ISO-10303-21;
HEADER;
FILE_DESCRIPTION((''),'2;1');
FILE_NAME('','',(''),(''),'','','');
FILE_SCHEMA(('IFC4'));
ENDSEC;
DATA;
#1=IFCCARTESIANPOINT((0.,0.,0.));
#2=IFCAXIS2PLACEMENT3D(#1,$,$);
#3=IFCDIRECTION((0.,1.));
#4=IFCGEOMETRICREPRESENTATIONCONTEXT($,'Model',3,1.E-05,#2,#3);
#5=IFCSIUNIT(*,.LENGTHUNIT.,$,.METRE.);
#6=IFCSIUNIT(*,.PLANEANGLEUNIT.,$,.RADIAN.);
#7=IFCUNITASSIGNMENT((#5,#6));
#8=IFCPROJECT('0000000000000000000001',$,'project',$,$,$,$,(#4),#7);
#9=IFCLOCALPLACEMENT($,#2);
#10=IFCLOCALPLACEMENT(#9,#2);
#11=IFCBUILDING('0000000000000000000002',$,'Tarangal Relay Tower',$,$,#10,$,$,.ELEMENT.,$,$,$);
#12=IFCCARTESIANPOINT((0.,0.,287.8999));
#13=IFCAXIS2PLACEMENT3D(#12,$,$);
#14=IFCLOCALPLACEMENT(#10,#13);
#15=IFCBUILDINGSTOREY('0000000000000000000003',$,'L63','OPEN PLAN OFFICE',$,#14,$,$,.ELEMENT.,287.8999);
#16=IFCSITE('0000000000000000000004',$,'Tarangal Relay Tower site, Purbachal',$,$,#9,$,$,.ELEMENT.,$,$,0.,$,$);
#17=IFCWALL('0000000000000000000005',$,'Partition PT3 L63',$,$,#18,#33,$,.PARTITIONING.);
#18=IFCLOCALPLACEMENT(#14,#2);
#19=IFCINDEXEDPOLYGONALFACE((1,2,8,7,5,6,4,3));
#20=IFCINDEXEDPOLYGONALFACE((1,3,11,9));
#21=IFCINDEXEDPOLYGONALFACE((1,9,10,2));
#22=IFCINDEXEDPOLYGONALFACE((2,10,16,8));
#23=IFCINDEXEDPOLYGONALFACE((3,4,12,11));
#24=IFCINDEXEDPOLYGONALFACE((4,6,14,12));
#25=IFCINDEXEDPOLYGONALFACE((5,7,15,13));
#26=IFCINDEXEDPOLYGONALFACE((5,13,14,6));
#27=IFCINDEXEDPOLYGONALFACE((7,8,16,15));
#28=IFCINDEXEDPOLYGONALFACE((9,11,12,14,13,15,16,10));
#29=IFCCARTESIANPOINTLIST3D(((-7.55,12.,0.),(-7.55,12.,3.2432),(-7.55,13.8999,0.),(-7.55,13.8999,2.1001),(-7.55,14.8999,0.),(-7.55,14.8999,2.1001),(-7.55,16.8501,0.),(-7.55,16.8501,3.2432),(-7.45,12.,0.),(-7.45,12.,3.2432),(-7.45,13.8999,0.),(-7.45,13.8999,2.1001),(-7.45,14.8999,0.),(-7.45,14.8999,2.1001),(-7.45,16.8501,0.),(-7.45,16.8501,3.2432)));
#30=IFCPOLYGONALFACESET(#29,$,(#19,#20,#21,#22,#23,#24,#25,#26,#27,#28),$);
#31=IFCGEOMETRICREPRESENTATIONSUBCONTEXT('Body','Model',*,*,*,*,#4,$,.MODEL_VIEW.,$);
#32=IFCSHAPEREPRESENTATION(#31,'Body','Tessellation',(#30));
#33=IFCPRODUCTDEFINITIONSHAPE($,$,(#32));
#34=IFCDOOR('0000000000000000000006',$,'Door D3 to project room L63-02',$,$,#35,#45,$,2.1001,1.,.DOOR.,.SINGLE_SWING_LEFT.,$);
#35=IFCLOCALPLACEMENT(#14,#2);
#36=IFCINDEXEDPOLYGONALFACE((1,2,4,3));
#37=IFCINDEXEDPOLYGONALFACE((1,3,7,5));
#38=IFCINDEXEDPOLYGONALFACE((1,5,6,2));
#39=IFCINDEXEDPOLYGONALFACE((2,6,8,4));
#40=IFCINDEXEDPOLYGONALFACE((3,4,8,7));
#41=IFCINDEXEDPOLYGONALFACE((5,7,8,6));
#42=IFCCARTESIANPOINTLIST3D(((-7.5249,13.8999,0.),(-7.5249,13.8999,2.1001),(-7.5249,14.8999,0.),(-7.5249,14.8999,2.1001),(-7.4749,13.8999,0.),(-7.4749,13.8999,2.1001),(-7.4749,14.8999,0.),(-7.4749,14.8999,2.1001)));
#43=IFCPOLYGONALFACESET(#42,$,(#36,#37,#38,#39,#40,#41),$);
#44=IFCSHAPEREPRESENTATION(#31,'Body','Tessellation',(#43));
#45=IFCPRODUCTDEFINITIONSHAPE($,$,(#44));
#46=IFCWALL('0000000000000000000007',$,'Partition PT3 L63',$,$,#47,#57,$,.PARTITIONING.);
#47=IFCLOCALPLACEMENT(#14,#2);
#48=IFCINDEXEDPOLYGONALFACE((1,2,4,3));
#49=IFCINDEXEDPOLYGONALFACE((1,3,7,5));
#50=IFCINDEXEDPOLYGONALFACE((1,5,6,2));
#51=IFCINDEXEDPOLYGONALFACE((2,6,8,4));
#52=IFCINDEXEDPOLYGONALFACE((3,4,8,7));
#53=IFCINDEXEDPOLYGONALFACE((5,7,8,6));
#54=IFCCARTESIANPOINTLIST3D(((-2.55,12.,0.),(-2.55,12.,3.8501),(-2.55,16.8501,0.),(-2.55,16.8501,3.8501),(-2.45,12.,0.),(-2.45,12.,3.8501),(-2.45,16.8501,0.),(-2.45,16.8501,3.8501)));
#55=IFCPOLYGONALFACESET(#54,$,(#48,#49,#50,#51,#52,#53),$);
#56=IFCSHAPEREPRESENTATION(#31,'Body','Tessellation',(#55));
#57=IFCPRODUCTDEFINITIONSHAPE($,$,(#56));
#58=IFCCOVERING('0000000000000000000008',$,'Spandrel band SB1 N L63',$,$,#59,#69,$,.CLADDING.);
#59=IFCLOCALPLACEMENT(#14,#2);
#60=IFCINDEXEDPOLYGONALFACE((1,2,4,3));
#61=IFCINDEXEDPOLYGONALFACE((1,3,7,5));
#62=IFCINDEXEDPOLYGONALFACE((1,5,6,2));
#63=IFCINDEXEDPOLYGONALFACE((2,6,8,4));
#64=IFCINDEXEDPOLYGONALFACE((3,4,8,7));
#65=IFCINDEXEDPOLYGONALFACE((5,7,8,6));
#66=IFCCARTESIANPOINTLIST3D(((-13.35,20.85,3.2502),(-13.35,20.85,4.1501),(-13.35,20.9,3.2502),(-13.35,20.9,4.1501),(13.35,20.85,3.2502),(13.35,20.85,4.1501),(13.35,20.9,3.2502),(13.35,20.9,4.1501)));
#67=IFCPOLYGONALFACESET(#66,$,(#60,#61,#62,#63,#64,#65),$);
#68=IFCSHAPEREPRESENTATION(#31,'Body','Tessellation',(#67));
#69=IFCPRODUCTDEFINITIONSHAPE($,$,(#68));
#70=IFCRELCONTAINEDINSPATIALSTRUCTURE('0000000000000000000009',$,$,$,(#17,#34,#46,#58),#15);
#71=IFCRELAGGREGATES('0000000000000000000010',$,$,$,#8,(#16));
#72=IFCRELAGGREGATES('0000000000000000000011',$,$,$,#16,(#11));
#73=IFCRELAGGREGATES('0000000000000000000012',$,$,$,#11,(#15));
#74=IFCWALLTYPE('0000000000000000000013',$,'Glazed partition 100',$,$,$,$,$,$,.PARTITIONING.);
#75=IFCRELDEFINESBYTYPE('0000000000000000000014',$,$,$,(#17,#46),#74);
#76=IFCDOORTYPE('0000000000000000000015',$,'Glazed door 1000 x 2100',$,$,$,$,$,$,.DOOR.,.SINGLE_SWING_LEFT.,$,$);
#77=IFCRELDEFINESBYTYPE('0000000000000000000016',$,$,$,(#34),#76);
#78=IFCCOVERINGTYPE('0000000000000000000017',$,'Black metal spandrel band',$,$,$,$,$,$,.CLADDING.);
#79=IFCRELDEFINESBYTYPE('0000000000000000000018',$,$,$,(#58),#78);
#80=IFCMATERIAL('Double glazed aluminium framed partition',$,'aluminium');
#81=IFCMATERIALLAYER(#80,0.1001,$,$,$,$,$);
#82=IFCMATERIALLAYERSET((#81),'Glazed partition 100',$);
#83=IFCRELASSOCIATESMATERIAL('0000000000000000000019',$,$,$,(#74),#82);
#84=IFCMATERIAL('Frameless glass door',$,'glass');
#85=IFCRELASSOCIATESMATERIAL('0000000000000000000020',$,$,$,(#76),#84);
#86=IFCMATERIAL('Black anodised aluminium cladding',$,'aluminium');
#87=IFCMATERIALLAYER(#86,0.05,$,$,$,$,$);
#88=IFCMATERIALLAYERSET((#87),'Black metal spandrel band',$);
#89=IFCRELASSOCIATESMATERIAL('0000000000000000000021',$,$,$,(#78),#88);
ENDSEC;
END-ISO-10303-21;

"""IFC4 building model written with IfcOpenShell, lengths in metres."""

from ifc_helpers import new_model, si_unit, direction, frame, frame_2d, origin, origin_2d, place, context, subcontext, project, spatial, rectangle, extrude, material, layer, layer_set, type_object, element, fill, save


model = new_model("IFC4")

# Units and contexts
model_context = context("Model", 3, precision=1e-05, world=origin(), true_north=direction((0.0, 1.0)))
body_context = subcontext(model_context, "Body", "Model", "MODEL_VIEW")
ifc_project = project(units=[si_unit("LENGTHUNIT", "METRE"), si_unit("PLANEANGLEUNIT", "RADIAN")], contexts=[model_context])

# Site, building, storey
site_placement = place(None, origin())
site = spatial("IfcSite", under=ifc_project, at=site_placement, Name="Tarangal Relay Tower site, Purbachal", CompositionType="ELEMENT", RefElevation=0.0)
building_placement = place(site_placement, origin())
building = spatial("IfcBuilding", under=site, at=building_placement, Name="Tarangal Relay Tower", CompositionType="ELEMENT")
storey_placement = place(building_placement, frame((0.0, 0.0, 287.8999)))
storey = spatial("IfcBuildingStorey", under=building, at=storey_placement, Name="L63", Description="OPEN PLAN OFFICE", CompositionType="ELEMENT", Elevation=287.8999)

# Wall, opening, door
ifc_material_1 = material(Name="Double glazed aluminium framed partition", Category="aluminium")
ifc_layer_1 = layer(ifc_material_1, 0.1001)
ifc_layer_set_1 = layer_set([ifc_layer_1], Name="Glazed partition 100")
wall_type_1 = type_object("IfcWallType", Name="Glazed partition 100", PredefinedType="PARTITIONING", material=ifc_layer_set_1)
ifc_material_2 = material(Name="Frameless glass door", Category="glass")
door_type = type_object("IfcDoorType", Name="Glazed door 1000 x 2100", OperationType="SINGLE_SWING_LEFT", PredefinedType="DOOR", material=ifc_material_2)
wall_1_placement = place(storey_placement, frame((-7.5, 12.0, 0.0), z_axis=(0.0, 0.0, 1.0), x_axis=(0.0, 1.0, 0.0)))
wall_1 = element("IfcWall", 1, at=wall_1_placement, inside=storey, type_object=wall_type_1, Name="Partition PT3 L63", PredefinedType="PARTITIONING", context=body_context, shape_type="SweptSolid", body=[
    extrude(rectangle(XDim=4.8501, YDim=0.1001, at=frame_2d((2.425, 0.0))), origin(), (0.0, 0.0, 1.0), 3.2432),
])
opening_1_placement = place(wall_1_placement, frame((1.8999, 0.0, 0.0)))
opening_1 = element("IfcOpeningElement", 2, at=opening_1_placement, cuts=wall_1, PredefinedType="OPENING", context=body_context, shape_type="SweptSolid", body=[
    extrude(rectangle(XDim=1.0, YDim=2.1001, at=frame_2d((0.5, 1.05))), frame((0.0, 0.0601, 0.0), z_axis=(0.0, -1.0, 0.0), x_axis=(1.0, 0.0, 0.0)), (0.0, 0.0, 1.0), 0.1201),
])
door_1_placement = place(opening_1_placement, origin())
door_1 = element("IfcDoor", 3, at=door_1_placement, inside=storey, type_object=door_type, Name="Door D3 to project room L63-02", OperationType="SINGLE_SWING_LEFT", OverallHeight=2.1001, OverallWidth=1.0, PredefinedType="DOOR", context=body_context, shape_type="SweptSolid", body=[
    extrude(rectangle(XDim=1.0, YDim=2.1001, at=frame_2d((0.5, 1.05))), frame((0.0, 0.0249, 0.0), z_axis=(0.0, -1.0, 0.0), x_axis=(1.0, 0.0, 0.0)), (0.0, 0.0, 1.0), 0.05),
])
fill(opening_1, door_1)

# Wall
wall_2_placement = place(storey_placement, frame((-2.5, 12.0, 0.0), z_axis=(0.0, 0.0, 1.0), x_axis=(0.0, 1.0, 0.0)))
element("IfcWall", 4, at=wall_2_placement, inside=storey, type_object=wall_type_1, Name="Partition PT3 L63", PredefinedType="PARTITIONING", context=body_context, shape_type="SweptSolid", body=[
    extrude(rectangle(XDim=4.8501, YDim=0.1001, at=frame_2d((2.425, 0.0))), origin(), (0.0, 0.0, 1.0), 3.8501),
])

# Covering
ifc_material_3 = material(Name="Black anodised aluminium cladding", Category="aluminium")
ifc_layer_2 = layer(ifc_material_3, 0.05)
ifc_layer_set_2 = layer_set([ifc_layer_2], Name="Black metal spandrel band")
covering_type = type_object("IfcCoveringType", Name="Black metal spandrel band", PredefinedType="CLADDING", material=ifc_layer_set_2)
covering_placement = place(storey_placement, frame((0.0, 20.875, 3.2502), z_axis=(0.0, 0.0, 1.0), x_axis=(1.0, 0.0, 0.0)))
element("IfcCovering", 5, at=covering_placement, inside=storey, type_object=covering_type, Name="Spandrel band SB1 N L63", PredefinedType="CLADDING", context=body_context, shape_type="SweptSolid", body=[
    extrude(rectangle(XDim=26.7, YDim=0.05, at=origin_2d()), origin(), (0.0, 0.0, 1.0), 0.8999),
])

save(model, "model.ifc")
